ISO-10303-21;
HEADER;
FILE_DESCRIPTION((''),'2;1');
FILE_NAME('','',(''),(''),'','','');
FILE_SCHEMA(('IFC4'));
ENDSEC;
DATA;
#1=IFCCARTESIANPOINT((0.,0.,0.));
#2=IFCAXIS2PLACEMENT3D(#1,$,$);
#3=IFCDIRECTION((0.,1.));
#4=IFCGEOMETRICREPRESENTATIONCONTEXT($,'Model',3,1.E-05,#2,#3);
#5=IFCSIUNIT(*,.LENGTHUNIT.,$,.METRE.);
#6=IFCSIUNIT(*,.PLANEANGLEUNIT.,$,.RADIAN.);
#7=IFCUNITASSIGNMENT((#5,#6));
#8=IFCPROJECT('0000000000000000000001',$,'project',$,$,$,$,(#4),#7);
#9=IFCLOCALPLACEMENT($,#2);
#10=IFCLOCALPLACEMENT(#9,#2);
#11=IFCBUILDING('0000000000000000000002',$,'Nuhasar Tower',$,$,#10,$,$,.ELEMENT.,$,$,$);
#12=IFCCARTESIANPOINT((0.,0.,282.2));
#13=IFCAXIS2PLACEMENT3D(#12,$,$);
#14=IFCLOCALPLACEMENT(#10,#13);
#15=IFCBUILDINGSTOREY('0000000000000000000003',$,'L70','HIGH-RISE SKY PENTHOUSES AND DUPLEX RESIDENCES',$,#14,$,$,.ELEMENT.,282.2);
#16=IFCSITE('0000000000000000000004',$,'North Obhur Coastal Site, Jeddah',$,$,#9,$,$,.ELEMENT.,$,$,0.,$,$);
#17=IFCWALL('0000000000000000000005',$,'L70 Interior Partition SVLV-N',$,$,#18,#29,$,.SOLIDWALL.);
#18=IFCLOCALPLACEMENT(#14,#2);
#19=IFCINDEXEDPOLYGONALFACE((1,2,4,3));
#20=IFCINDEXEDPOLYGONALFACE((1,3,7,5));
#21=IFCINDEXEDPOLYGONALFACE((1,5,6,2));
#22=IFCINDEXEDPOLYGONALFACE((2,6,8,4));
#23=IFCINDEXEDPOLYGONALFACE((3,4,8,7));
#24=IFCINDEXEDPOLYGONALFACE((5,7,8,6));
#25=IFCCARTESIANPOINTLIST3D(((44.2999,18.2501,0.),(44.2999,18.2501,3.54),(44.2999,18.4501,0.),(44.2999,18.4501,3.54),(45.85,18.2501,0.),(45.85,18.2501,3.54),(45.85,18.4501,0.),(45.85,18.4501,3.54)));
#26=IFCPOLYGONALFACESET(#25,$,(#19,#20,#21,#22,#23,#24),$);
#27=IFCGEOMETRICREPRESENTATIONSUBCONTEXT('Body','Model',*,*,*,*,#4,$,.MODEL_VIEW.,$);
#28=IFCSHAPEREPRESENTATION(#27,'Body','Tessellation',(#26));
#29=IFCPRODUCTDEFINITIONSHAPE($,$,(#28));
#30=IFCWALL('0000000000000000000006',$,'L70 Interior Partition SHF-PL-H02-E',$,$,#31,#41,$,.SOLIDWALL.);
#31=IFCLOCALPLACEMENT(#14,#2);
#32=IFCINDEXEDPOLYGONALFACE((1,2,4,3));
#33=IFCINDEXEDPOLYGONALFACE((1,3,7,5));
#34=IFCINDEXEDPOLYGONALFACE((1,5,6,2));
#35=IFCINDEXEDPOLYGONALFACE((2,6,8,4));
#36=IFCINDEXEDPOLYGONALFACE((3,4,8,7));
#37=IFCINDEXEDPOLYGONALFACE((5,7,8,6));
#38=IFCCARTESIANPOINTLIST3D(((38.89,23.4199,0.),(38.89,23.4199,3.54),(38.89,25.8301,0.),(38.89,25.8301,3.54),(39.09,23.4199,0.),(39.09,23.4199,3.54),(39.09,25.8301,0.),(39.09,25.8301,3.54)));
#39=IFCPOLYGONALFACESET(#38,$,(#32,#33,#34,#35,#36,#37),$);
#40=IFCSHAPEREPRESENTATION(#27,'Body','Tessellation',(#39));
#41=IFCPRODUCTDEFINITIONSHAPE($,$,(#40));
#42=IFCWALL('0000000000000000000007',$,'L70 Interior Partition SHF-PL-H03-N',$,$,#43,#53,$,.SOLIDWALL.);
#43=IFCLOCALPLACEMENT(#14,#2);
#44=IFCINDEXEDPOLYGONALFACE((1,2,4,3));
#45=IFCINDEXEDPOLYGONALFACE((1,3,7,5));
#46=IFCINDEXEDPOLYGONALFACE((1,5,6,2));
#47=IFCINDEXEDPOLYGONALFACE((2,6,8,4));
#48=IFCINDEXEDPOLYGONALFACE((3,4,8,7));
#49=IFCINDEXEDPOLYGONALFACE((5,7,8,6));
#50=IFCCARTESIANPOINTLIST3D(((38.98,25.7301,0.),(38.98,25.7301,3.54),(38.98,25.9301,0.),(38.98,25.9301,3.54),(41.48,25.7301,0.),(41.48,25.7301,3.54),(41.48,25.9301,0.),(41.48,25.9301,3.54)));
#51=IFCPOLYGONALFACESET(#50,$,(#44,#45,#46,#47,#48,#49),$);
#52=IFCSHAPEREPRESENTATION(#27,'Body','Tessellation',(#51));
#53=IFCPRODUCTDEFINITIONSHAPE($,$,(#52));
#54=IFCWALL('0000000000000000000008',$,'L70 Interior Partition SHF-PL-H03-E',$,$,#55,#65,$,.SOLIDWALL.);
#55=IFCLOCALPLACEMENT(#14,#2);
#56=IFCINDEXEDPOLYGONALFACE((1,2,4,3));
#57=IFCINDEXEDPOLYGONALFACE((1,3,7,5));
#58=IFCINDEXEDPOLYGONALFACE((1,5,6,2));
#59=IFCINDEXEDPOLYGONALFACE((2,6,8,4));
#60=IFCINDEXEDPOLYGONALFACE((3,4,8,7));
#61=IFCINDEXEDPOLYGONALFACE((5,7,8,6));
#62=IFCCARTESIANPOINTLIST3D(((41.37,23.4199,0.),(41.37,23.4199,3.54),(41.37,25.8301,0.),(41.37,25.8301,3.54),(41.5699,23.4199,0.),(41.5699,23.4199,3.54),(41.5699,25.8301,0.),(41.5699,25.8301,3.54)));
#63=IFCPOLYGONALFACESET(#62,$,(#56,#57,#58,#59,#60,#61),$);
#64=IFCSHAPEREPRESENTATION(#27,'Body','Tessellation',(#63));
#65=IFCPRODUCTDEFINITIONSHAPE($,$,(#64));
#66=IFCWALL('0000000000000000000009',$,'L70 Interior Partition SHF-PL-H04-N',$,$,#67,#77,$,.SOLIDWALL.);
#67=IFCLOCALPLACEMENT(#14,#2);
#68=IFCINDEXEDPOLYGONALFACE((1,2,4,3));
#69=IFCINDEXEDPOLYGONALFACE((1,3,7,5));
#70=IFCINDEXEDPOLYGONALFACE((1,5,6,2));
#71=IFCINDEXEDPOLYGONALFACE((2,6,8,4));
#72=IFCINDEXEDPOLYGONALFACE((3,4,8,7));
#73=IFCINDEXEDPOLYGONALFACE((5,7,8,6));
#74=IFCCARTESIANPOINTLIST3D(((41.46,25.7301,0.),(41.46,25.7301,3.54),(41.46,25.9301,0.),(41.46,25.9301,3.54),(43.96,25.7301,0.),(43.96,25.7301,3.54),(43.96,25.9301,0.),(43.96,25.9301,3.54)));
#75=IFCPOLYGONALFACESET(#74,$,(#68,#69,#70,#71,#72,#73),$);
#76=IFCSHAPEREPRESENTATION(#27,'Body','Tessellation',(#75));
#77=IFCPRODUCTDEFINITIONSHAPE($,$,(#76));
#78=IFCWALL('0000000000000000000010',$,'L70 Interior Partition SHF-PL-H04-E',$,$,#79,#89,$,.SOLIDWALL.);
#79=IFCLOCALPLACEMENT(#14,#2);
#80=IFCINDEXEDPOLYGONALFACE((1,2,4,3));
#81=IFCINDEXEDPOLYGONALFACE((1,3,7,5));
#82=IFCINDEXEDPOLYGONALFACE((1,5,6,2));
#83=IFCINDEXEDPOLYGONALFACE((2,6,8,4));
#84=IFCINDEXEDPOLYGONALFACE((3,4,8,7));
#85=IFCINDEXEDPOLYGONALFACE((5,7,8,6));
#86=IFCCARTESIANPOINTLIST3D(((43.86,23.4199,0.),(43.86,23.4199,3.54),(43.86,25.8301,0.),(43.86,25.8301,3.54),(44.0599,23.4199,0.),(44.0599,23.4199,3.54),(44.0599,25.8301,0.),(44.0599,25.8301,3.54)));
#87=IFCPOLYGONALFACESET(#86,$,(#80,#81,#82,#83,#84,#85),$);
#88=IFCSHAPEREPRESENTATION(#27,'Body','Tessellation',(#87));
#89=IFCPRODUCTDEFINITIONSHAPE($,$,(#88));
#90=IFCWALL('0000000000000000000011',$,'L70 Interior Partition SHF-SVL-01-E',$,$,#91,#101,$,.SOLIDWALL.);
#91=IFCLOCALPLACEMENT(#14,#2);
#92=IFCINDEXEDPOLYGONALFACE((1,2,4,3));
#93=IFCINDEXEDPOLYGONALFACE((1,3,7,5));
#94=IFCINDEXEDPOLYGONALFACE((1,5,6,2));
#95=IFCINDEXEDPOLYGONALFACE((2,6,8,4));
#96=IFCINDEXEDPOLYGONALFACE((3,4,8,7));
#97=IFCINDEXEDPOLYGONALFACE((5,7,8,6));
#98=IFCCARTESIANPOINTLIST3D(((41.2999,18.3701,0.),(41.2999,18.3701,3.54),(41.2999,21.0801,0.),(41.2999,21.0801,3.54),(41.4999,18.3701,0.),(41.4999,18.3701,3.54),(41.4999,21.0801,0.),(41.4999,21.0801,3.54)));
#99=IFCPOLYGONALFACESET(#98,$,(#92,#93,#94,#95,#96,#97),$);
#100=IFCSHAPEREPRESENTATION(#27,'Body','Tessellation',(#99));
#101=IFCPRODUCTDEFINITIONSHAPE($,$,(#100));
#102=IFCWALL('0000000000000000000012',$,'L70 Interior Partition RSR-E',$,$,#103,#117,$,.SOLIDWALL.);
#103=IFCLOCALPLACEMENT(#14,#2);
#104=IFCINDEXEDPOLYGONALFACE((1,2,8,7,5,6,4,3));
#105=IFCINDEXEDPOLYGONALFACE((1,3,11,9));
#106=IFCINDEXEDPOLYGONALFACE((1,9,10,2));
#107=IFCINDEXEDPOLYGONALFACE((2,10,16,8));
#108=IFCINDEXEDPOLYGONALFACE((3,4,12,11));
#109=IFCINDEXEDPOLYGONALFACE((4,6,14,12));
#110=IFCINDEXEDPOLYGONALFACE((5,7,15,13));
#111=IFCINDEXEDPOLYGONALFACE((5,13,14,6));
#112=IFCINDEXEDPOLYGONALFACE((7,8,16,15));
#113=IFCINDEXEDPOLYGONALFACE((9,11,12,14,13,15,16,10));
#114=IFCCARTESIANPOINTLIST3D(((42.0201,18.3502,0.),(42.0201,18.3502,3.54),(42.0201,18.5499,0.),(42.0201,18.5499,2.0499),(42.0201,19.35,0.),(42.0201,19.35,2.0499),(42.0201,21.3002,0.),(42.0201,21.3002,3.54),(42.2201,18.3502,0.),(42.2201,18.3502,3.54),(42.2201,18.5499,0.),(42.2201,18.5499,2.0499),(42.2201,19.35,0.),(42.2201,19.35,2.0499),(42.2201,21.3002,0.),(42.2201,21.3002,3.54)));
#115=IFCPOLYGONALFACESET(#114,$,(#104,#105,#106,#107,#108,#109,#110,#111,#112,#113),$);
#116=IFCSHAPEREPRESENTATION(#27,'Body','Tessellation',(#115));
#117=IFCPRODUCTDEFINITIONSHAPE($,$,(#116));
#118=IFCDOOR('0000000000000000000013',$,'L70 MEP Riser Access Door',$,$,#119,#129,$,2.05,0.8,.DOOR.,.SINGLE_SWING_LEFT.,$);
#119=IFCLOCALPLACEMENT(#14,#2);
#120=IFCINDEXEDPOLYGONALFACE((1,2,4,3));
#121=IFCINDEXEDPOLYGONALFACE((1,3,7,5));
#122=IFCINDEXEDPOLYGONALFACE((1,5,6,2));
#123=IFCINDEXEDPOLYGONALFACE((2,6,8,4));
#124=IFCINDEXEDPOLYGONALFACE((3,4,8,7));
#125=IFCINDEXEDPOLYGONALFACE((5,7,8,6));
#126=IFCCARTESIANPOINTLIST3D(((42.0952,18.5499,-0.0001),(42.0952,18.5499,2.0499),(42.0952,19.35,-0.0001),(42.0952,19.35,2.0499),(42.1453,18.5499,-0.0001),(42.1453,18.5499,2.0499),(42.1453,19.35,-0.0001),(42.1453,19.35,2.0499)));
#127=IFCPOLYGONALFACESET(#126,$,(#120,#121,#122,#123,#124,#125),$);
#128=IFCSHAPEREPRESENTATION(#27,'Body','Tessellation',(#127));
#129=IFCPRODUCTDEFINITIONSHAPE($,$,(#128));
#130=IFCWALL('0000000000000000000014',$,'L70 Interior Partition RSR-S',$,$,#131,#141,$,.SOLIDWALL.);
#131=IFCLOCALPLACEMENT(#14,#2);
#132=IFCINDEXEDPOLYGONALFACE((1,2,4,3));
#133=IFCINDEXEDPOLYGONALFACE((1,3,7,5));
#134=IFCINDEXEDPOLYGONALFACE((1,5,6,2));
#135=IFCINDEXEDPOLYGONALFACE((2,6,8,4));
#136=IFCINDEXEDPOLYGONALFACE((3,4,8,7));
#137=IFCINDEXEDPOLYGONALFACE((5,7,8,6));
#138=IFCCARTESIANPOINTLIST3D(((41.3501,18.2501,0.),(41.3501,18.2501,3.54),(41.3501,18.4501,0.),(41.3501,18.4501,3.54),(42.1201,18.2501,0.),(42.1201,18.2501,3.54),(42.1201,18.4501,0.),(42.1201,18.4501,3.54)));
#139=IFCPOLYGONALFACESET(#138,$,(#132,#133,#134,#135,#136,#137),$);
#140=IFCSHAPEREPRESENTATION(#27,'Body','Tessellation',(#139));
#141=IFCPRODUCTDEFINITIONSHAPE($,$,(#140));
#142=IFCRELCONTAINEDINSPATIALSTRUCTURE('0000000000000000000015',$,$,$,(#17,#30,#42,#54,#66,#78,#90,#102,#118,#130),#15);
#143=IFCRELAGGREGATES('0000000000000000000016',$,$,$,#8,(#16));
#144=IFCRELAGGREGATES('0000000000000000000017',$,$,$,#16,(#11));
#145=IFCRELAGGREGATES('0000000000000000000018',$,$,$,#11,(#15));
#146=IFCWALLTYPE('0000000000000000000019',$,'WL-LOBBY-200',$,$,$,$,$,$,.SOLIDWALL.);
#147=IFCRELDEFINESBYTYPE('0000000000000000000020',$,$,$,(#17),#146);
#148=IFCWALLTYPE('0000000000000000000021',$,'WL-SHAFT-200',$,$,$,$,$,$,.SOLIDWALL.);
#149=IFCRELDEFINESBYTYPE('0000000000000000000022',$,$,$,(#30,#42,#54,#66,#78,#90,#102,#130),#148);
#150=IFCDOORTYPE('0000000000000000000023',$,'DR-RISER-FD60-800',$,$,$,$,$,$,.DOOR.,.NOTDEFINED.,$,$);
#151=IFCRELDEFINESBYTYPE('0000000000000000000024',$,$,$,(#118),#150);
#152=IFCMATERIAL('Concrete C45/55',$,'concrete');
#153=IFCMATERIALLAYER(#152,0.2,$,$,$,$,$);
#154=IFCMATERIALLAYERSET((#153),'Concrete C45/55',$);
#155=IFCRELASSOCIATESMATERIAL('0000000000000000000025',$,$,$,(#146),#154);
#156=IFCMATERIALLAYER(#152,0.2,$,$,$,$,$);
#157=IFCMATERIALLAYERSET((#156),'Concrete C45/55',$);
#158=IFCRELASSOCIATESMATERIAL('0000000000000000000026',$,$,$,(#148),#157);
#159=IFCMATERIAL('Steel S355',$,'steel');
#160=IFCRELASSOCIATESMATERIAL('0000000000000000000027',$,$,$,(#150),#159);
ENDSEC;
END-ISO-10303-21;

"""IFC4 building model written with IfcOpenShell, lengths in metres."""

from ifc_helpers import new_model, si_unit, direction, frame, frame_2d, origin, place, context, subcontext, project, spatial, rectangle, extrude, material, layer, layer_set, type_object, element, fill, save


model = new_model("IFC4")

# Units and contexts
model_context = context("Model", 3, precision=1e-05, world=origin(), true_north=direction((0.0, 1.0)))
body_context = subcontext(model_context, "Body", "Model", "MODEL_VIEW")
ifc_project = project(units=[si_unit("LENGTHUNIT", "METRE"), si_unit("PLANEANGLEUNIT", "RADIAN")], contexts=[model_context])

# Site, building, storey
site_placement = place(None, origin())
site = spatial("IfcSite", under=ifc_project, at=site_placement, Name="North Obhur Coastal Site, Jeddah", CompositionType="ELEMENT", RefElevation=0.0)
building_placement = place(site_placement, origin())
building = spatial("IfcBuilding", under=site, at=building_placement, Name="Nuhasar Tower", CompositionType="ELEMENT")
storey_placement = place(building_placement, frame((0.0, 0.0, 282.2)))
storey = spatial("IfcBuildingStorey", under=building, at=storey_placement, Name="L70", Description="HIGH-RISE SKY PENTHOUSES AND DUPLEX RESIDENCES", CompositionType="ELEMENT", Elevation=282.2)

# Shared definitions
ifc_material_1 = material(Name="Steel S355", Category="steel")

# Shared definitions
ifc_material_2 = material(Name="Concrete C45/55", Category="concrete")
ifc_layer_1 = layer(ifc_material_2, 0.2)
ifc_layer_set_1 = layer_set([ifc_layer_1], Name="Concrete C45/55")
wall_type_1 = type_object("IfcWallType", Name="WL-LOBBY-200", PredefinedType="SOLIDWALL", material=ifc_layer_set_1)

# Walls
wall_1_placement = place(storey_placement, frame((44.3, 18.3501, 0.0), z_axis=(0.0, 0.0, 1.0), x_axis=(1.0, 0.0, 0.0)))
element("IfcWall", 1, at=wall_1_placement, inside=storey, type_object=wall_type_1, Name="L70 Interior Partition SVLV-N", PredefinedType="SOLIDWALL", context=body_context, shape_type="SweptSolid", body=[
    extrude(rectangle(XDim=1.55, YDim=0.2, at=frame_2d((0.7749, 0.0))), origin(), (0.0, 0.0, 1.0), 3.54),
])
ifc_layer_2 = layer(ifc_material_2, 0.2)
ifc_layer_set_2 = layer_set([ifc_layer_2], Name="Concrete C45/55")
wall_type_2 = type_object("IfcWallType", Name="WL-SHAFT-200", PredefinedType="SOLIDWALL", material=ifc_layer_set_2)
wall_2_placement = place(storey_placement, frame((38.99, 23.4199, 0.0), z_axis=(0.0, 0.0, 1.0), x_axis=(0.0, 1.0, 0.0)))
element("IfcWall", 2, at=wall_2_placement, inside=storey, type_object=wall_type_2, Name="L70 Interior Partition SHF-PL-H02-E", PredefinedType="SOLIDWALL", context=body_context, shape_type="SweptSolid", body=[
    extrude(rectangle(XDim=2.4102, YDim=0.2, at=frame_2d((1.2051, 0.0))), origin(), (0.0, 0.0, 1.0), 3.54),
])

# Walls
wall_3_placement = place(storey_placement, frame((38.98, 25.8301, 0.0), z_axis=(0.0, 0.0, 1.0), x_axis=(1.0, 0.0, 0.0)))
element("IfcWall", 3, at=wall_3_placement, inside=storey, type_object=wall_type_2, Name="L70 Interior Partition SHF-PL-H03-N", PredefinedType="SOLIDWALL", context=body_context, shape_type="SweptSolid", body=[
    extrude(rectangle(XDim=2.5, YDim=0.2, at=frame_2d((1.25, 0.0))), origin(), (0.0, 0.0, 1.0), 3.54),
])
wall_4_placement = place(storey_placement, frame((41.47, 23.4199, 0.0), z_axis=(0.0, 0.0, 1.0), x_axis=(0.0, 1.0, 0.0)))
element("IfcWall", 4, at=wall_4_placement, inside=storey, type_object=wall_type_2, Name="L70 Interior Partition SHF-PL-H03-E", PredefinedType="SOLIDWALL", context=body_context, shape_type="SweptSolid", body=[
    extrude(rectangle(XDim=2.4102, YDim=0.2, at=frame_2d((1.2051, 0.0))), origin(), (0.0, 0.0, 1.0), 3.54),
])

# Walls
wall_5_placement = place(storey_placement, frame((41.46, 25.8301, 0.0), z_axis=(0.0, 0.0, 1.0), x_axis=(1.0, 0.0, 0.0)))
element("IfcWall", 5, at=wall_5_placement, inside=storey, type_object=wall_type_2, Name="L70 Interior Partition SHF-PL-H04-N", PredefinedType="SOLIDWALL", context=body_context, shape_type="SweptSolid", body=[
    extrude(rectangle(XDim=2.5, YDim=0.2, at=frame_2d((1.25, 0.0))), origin(), (0.0, 0.0, 1.0), 3.54),
])
wall_6_placement = place(storey_placement, frame((43.96, 23.4199, 0.0), z_axis=(0.0, 0.0, 1.0), x_axis=(0.0, 1.0, 0.0)))
element("IfcWall", 6, at=wall_6_placement, inside=storey, type_object=wall_type_2, Name="L70 Interior Partition SHF-PL-H04-E", PredefinedType="SOLIDWALL", context=body_context, shape_type="SweptSolid", body=[
    extrude(rectangle(XDim=2.4102, YDim=0.2, at=frame_2d((1.2051, 0.0))), origin(), (0.0, 0.0, 1.0), 3.54),
])
wall_7_placement = place(storey_placement, frame((41.3999, 18.3701, 0.0), z_axis=(0.0, 0.0, 1.0), x_axis=(0.0, 1.0, 0.0)))
element("IfcWall", 7, at=wall_7_placement, inside=storey, type_object=wall_type_2, Name="L70 Interior Partition SHF-SVL-01-E", PredefinedType="SOLIDWALL", context=body_context, shape_type="SweptSolid", body=[
    extrude(rectangle(XDim=2.71, YDim=0.2, at=frame_2d((1.355, 0.0))), origin(), (0.0, 0.0, 1.0), 3.54),
])

# Wall, opening, door
wall_8_placement = place(storey_placement, frame((42.1201, 18.3501, 0.0), z_axis=(0.0, 0.0, 1.0), x_axis=(0.0, 1.0, 0.0)))
wall_8 = element("IfcWall", 8, at=wall_8_placement, inside=storey, type_object=wall_type_2, Name="L70 Interior Partition RSR-E", PredefinedType="SOLIDWALL", context=body_context, shape_type="SweptSolid", body=[
    extrude(rectangle(XDim=2.95, YDim=0.2, at=frame_2d((1.4751, 0.0))), origin(), (0.0, 0.0, 1.0), 3.54),
])
opening_1_placement = place(wall_8_placement, frame((0.2, 0.0, 0.0)))
opening_1 = element("IfcOpeningElement", 9, at=opening_1_placement, cuts=wall_8, PredefinedType="OPENING", context=body_context, shape_type="SweptSolid", body=[
    extrude(rectangle(XDim=0.8, YDim=2.05, at=frame_2d((0.3999, 1.0249))), frame((0.0, 0.1099, 0.0), z_axis=(0.0, -1.0, 0.0), x_axis=(1.0, 0.0, 0.0)), (0.0, 0.0, 1.0), 0.22),
])
door_type_1 = type_object("IfcDoorType", Name="DR-RISER-FD60-800", OperationType="NOTDEFINED", PredefinedType="DOOR", material=ifc_material_1)
door_1_placement = place(opening_1_placement, origin())
door_1 = element("IfcDoor", 10, at=door_1_placement, inside=storey, type_object=door_type_1, Name="L70 MEP Riser Access Door", OperationType="SINGLE_SWING_LEFT", OverallHeight=2.05, OverallWidth=0.8, PredefinedType="DOOR", context=body_context, shape_type="SweptSolid", body=[
    extrude(rectangle(XDim=0.8, YDim=2.05, at=frame_2d((0.3999, 1.0249))), frame((0.0, 0.0249, 0.0), z_axis=(0.0, -1.0, 0.0), x_axis=(1.0, 0.0, 0.0)), (0.0, 0.0, 1.0), 0.05),
])
fill(opening_1, door_1)

# Wall
wall_9_placement = place(storey_placement, frame((41.3501, 18.3501, 0.0), z_axis=(0.0, 0.0, 1.0), x_axis=(1.0, 0.0, 0.0)))
element("IfcWall", 11, at=wall_9_placement, inside=storey, type_object=wall_type_2, Name="L70 Interior Partition RSR-S", PredefinedType="SOLIDWALL", context=body_context, shape_type="SweptSolid", body=[
    extrude(rectangle(XDim=0.77, YDim=0.2, at=frame_2d((0.385, 0.0))), origin(), (0.0, 0.0, 1.0), 3.54),
])

save(model, "model.ifc")
